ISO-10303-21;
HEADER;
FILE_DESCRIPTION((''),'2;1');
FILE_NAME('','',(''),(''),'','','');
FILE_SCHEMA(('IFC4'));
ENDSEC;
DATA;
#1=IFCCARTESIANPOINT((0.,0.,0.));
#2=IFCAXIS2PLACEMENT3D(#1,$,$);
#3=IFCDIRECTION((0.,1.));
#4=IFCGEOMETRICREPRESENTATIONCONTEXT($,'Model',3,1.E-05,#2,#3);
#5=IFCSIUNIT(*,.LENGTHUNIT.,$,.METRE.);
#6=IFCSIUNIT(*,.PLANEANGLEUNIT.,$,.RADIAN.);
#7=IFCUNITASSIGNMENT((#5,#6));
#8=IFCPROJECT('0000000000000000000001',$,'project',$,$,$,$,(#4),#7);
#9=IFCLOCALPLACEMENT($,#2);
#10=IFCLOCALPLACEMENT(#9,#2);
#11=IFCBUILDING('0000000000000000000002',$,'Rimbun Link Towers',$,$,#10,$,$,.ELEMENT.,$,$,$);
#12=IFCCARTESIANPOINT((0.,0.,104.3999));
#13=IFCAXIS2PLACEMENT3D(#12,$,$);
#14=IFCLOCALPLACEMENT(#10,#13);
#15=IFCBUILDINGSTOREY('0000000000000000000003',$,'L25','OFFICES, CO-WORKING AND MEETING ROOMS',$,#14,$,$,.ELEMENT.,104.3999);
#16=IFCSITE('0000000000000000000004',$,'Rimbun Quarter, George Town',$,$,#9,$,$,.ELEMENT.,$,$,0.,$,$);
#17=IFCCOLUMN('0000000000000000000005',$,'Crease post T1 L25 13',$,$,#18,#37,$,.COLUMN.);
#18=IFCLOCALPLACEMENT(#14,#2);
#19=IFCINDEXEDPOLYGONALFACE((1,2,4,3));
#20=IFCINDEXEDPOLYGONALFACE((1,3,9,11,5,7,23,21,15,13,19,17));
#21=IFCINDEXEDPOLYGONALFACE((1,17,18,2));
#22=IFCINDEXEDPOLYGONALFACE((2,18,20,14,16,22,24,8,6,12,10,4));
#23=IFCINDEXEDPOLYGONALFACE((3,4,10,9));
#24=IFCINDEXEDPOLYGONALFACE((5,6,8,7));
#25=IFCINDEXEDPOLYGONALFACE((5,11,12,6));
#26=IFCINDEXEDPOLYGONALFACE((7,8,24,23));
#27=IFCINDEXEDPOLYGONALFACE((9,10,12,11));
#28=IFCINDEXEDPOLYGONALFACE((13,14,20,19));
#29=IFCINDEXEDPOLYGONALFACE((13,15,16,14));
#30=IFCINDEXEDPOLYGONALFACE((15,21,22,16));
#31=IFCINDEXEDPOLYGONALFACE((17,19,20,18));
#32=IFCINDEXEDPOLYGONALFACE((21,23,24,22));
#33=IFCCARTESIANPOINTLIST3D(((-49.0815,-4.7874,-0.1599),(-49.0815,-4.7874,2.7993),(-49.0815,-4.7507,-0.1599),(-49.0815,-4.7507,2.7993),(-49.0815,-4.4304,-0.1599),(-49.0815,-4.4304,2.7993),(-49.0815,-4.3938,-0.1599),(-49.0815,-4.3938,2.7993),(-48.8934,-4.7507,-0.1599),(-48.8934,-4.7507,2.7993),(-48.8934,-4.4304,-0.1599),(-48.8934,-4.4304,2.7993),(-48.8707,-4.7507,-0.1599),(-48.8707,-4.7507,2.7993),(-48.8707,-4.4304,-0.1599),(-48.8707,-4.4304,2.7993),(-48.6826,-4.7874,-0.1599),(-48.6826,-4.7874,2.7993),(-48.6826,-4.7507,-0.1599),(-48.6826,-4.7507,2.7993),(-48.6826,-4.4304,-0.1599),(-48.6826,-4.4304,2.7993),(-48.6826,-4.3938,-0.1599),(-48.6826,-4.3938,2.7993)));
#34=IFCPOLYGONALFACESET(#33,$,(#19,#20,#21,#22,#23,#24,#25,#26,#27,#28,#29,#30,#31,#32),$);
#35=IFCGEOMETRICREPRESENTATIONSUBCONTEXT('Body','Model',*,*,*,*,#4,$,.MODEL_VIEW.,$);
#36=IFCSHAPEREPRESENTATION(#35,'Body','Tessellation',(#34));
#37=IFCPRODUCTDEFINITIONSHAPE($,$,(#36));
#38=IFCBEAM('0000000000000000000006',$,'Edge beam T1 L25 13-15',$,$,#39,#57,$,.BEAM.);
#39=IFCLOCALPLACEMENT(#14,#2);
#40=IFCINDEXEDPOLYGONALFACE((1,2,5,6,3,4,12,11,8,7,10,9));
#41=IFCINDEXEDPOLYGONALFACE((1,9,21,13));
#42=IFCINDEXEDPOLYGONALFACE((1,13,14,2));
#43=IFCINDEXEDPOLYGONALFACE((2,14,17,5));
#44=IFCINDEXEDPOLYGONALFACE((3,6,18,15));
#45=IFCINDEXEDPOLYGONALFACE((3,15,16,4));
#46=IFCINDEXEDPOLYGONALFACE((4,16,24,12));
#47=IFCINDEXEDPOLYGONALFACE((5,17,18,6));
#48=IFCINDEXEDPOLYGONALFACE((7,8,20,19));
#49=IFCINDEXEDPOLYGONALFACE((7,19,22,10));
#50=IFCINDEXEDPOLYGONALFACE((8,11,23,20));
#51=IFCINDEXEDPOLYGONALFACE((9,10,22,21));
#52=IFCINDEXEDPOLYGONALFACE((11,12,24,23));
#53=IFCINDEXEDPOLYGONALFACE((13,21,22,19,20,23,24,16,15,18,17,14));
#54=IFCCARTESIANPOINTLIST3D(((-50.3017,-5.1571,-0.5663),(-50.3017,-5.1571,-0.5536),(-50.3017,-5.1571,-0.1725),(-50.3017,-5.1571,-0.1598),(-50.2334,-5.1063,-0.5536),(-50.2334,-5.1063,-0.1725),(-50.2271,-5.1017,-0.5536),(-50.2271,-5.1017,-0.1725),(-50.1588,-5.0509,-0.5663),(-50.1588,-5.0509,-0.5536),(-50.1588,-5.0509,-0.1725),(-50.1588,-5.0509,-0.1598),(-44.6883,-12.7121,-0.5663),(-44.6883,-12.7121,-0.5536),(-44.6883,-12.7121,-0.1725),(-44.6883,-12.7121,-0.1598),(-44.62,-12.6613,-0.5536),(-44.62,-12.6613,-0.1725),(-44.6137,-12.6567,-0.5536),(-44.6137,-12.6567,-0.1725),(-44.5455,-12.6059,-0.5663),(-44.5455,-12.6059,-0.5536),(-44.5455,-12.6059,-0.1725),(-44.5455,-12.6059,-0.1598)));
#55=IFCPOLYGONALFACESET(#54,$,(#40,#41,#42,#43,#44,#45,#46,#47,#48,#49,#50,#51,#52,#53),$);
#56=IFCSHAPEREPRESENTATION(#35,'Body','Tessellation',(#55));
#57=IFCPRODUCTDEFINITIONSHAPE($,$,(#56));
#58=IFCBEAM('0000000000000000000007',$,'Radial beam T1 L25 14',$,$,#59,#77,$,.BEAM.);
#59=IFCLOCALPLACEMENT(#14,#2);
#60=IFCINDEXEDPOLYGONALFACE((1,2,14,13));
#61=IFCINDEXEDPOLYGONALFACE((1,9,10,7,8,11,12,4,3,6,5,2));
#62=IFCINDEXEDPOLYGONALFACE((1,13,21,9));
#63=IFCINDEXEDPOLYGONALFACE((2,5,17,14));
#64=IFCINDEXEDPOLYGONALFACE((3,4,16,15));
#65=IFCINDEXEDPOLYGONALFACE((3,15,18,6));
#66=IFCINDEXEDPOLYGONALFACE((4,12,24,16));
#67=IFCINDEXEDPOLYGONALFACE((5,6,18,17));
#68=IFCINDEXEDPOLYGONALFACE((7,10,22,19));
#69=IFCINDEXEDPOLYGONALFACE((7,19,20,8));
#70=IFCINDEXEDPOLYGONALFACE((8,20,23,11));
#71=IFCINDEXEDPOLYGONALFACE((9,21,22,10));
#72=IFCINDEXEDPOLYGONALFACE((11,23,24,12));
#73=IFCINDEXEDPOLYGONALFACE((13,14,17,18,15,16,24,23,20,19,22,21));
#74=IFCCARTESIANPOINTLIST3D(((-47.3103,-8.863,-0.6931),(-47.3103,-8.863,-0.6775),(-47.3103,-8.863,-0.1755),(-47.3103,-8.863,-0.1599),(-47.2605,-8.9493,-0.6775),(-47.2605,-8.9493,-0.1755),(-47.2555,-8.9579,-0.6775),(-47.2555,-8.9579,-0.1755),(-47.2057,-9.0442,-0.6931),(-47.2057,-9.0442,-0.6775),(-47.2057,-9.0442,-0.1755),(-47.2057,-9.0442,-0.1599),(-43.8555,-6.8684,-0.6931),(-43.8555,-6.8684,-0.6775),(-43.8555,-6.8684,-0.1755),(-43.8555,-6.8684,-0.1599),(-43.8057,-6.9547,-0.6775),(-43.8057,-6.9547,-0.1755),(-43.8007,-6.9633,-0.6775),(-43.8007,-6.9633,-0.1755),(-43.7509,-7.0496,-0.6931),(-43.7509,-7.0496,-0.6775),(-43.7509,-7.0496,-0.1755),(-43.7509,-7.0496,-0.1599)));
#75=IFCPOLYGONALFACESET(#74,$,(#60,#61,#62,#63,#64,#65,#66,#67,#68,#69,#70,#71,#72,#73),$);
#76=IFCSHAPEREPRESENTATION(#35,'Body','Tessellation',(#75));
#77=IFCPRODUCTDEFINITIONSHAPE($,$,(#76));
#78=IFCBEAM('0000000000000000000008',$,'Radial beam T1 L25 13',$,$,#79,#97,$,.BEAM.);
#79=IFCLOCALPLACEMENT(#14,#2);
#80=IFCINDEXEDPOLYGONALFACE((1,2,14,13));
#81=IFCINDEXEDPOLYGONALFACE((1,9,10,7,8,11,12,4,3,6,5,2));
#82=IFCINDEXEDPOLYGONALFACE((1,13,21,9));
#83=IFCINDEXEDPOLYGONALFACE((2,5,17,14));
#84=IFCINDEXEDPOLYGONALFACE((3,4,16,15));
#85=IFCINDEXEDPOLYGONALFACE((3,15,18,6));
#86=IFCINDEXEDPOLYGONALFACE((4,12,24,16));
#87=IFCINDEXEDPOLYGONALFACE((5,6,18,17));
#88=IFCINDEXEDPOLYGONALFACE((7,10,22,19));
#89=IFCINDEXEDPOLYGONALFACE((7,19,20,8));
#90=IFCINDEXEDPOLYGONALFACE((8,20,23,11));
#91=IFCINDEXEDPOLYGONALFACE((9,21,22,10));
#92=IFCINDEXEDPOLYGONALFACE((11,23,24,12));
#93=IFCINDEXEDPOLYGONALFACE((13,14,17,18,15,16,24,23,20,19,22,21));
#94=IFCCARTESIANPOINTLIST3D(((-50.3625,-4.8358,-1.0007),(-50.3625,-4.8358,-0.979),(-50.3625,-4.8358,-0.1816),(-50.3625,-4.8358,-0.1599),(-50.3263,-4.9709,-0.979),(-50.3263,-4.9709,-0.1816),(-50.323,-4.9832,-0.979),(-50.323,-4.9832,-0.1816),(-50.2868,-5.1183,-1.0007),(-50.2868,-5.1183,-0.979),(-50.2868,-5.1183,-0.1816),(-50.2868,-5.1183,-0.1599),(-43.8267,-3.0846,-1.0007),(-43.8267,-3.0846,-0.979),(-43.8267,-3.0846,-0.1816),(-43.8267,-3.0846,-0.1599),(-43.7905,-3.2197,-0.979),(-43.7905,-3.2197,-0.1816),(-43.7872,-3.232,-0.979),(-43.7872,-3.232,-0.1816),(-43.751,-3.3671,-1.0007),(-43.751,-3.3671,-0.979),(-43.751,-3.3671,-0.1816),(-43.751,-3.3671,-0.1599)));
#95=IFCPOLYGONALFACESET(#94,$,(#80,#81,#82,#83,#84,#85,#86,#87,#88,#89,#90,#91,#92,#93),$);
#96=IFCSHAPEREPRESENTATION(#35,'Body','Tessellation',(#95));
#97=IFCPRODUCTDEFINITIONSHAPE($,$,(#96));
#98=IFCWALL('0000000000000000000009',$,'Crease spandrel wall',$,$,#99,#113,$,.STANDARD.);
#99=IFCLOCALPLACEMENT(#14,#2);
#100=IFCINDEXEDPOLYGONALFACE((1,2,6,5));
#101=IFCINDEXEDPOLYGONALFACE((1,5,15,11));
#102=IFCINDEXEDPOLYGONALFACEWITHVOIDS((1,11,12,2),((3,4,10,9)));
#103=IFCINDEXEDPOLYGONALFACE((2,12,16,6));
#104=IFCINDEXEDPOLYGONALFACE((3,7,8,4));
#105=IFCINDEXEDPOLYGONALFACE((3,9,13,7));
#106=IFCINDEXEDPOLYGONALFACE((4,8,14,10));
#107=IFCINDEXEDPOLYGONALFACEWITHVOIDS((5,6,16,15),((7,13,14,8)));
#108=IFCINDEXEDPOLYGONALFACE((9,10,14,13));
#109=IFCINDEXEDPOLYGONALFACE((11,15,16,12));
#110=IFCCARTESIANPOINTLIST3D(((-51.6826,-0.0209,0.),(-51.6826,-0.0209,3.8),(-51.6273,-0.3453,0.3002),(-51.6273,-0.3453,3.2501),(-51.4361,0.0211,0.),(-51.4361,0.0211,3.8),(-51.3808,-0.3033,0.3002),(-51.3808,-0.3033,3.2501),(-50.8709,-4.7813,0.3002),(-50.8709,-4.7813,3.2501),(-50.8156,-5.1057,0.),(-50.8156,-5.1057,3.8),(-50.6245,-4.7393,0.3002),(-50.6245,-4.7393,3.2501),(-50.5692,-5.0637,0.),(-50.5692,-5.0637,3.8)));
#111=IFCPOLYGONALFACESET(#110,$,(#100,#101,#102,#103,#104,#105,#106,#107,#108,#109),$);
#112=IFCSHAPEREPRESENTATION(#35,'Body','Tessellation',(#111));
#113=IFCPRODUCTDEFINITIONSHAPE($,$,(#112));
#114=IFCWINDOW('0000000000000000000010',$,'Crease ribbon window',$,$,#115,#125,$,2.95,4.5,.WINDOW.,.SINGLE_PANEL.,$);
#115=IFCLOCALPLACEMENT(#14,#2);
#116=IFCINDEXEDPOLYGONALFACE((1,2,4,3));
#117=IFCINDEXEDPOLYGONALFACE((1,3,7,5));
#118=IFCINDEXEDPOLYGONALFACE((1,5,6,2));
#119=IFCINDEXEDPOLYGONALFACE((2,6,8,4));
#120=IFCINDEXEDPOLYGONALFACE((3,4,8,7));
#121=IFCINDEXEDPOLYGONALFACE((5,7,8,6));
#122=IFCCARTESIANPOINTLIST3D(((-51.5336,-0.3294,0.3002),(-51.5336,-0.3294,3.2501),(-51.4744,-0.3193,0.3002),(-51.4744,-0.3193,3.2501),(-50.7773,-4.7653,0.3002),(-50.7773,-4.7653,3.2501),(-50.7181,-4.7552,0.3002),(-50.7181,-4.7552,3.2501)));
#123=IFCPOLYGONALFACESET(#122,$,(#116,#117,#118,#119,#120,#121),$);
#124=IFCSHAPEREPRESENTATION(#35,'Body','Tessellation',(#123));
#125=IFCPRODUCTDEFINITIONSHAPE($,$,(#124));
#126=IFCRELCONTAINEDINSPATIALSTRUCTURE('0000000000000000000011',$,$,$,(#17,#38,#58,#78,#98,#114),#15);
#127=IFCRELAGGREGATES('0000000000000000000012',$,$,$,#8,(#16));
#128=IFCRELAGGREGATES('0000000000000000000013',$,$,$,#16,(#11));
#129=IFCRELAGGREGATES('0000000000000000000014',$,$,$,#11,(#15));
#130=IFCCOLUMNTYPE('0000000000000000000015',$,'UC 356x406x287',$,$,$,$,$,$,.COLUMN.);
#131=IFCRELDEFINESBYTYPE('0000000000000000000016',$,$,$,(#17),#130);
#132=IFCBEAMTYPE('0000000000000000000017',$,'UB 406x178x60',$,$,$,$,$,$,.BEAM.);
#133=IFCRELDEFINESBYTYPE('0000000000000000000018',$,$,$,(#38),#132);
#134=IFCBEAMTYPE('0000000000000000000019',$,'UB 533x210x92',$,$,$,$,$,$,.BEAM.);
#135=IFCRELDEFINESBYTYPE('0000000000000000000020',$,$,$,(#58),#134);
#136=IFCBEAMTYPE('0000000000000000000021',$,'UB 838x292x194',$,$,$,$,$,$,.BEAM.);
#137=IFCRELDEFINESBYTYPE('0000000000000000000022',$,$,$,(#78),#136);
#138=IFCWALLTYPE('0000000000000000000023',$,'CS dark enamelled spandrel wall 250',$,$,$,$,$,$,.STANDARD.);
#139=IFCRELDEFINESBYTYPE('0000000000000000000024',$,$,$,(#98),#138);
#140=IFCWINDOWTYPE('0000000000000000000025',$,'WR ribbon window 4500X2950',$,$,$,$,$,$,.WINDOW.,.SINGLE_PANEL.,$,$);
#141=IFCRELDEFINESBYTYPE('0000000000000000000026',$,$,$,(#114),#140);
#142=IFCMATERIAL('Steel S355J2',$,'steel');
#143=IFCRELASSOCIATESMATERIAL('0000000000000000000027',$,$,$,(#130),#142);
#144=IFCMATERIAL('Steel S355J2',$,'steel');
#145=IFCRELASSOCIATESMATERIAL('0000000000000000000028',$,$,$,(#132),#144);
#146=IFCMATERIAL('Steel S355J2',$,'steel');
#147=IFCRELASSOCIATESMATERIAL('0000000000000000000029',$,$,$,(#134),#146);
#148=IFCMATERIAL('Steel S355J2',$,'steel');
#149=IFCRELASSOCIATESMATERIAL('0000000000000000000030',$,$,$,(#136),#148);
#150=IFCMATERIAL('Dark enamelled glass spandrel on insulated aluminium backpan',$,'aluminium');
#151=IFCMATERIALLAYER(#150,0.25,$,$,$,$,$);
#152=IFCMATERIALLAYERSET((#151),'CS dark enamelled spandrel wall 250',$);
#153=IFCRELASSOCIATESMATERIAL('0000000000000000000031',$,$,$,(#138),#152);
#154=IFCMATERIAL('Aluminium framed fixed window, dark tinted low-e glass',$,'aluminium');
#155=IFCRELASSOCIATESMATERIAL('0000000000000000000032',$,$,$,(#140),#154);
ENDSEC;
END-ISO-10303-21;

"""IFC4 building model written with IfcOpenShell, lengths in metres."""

from ifc_helpers import new_model, si_unit, direction, frame, frame_2d, origin, origin_2d, place, context, subcontext, project, spatial, rectangle, i_section, extrude, material, layer, layer_set, material_profile, profile_set, type_object, element, fill, save


model = new_model("IFC4")

# Units and contexts
model_context = context("Model", 3, precision=1e-05, world=origin(), true_north=direction((0.0, 1.0)))
body_context = subcontext(model_context, "Body", "Model", "MODEL_VIEW")
ifc_project = project(units=[si_unit("LENGTHUNIT", "METRE"), si_unit("PLANEANGLEUNIT", "RADIAN")], contexts=[model_context])

# Site, building, storey
site_placement = place(None, origin())
site = spatial("IfcSite", under=ifc_project, at=site_placement, Name="Rimbun Quarter, George Town", CompositionType="ELEMENT", RefElevation=0.0)
building_placement = place(site_placement, origin())
building = spatial("IfcBuilding", under=site, at=building_placement, Name="Rimbun Link Towers", CompositionType="ELEMENT")
storey_placement = place(building_placement, frame((0.0, 0.0, 104.3999)))
storey = spatial("IfcBuildingStorey", under=building, at=storey_placement, Name="L25", Description="OFFICES, CO-WORKING AND MEETING ROOMS", CompositionType="ELEMENT", Elevation=104.3999)

# Column
ifc_material_1 = material(Name="Steel S355J2", Category="steel")
ifc_material_profile_1 = material_profile(ifc_material_1, i_section(OverallWidth=0.3989, OverallDepth=0.3936, WebThickness=0.0227, FlangeThickness=0.0366, at=origin_2d()), Name="UC 356x406x287")
ifc_profile_set_1 = profile_set([ifc_material_profile_1], Name="Steel S355J2")
column_type = type_object("IfcColumnType", Name="UC 356x406x287", PredefinedType="COLUMN", material=ifc_profile_set_1)
column_placement = place(storey_placement, frame((-48.8821, -4.5906, -0.1599), z_axis=(0.0, 0.0, 1.0), x_axis=(1.0, 0.0, 0.0)))
element("IfcColumn", 1, at=column_placement, inside=storey, type_object=column_type, Name="Crease post T1 L25 13", PredefinedType="COLUMN", context=body_context, shape_type="SweptSolid", body=[
    extrude(i_section(OverallWidth=0.3989, OverallDepth=0.3936, WebThickness=0.0227, FlangeThickness=0.0366, at=origin_2d()), origin(), (0.0, 0.0, 1.0), 2.9592),
])

# Beams
ifc_material_2 = material(Name="Steel S355J2", Category="steel")
ifc_material_profile_2 = material_profile(ifc_material_2, i_section(OverallWidth=0.178, OverallDepth=0.4065, WebThickness=0.0078, FlangeThickness=0.0127, at=origin_2d()), Name="UB 406x178x60")
ifc_profile_set_2 = profile_set([ifc_material_profile_2], Name="Steel S355J2")
beam_type_1 = type_object("IfcBeamType", Name="UB 406x178x60", PredefinedType="BEAM", material=ifc_profile_set_2)
beam_1_placement = place(storey_placement, frame((-50.2302, -5.104, -0.363), z_axis=(0.596396, -0.802691, 0.0), x_axis=(0.802691, 0.596396, 0.0)))
element("IfcBeam", 2, at=beam_1_placement, inside=storey, type_object=beam_type_1, Name="Edge beam T1 L25 13-15", PredefinedType="BEAM", context=body_context, shape_type="SweptSolid", body=[
    extrude(i_section(OverallWidth=0.178, OverallDepth=0.4065, WebThickness=0.0078, FlangeThickness=0.0127, at=origin_2d()), origin(), (0.0, 0.0, 1.0), 9.4121),
])
ifc_material_3 = material(Name="Steel S355J2", Category="steel")
ifc_material_profile_3 = material_profile(ifc_material_3, i_section(OverallWidth=0.2092, OverallDepth=0.5332, WebThickness=0.01, FlangeThickness=0.0156, at=origin_2d()), Name="UB 533x210x92")
ifc_profile_set_3 = profile_set([ifc_material_profile_3], Name="Steel S355J2")
beam_type_2 = type_object("IfcBeamType", Name="UB 533x210x92", PredefinedType="BEAM", material=ifc_profile_set_3)
beam_2_placement = place(storey_placement, frame((-43.8032, -6.959, -0.4265), z_axis=(-0.866028, -0.499996, 0.0), x_axis=(0.499996, -0.866028, 0.0)))
element("IfcBeam", 3, at=beam_2_placement, inside=storey, type_object=beam_type_2, Name="Radial beam T1 L25 14", PredefinedType="BEAM", context=body_context, shape_type="SweptSolid", body=[
    extrude(i_section(OverallWidth=0.2092, OverallDepth=0.5332, WebThickness=0.01, FlangeThickness=0.0156, at=origin_2d()), origin(), (0.0, 0.0, 1.0), 3.9893),
])
ifc_material_4 = material(Name="Steel S355J2", Category="steel")
ifc_material_profile_4 = material_profile(ifc_material_4, i_section(OverallWidth=0.2925, OverallDepth=0.8408, WebThickness=0.0127, FlangeThickness=0.0217, at=origin_2d()), Name="UB 838x292x194")
ifc_profile_set_4 = profile_set([ifc_material_profile_4], Name="Steel S355J2")
beam_type_3 = type_object("IfcBeamType", Name="UB 838x292x194", PredefinedType="BEAM", material=ifc_profile_set_4)
beam_3_placement = place(storey_placement, frame((-43.7888, -3.2258, -0.5803), z_axis=(-0.965928, -0.25881, 0.0), x_axis=(0.25881, -0.965928, 0.0)))
element("IfcBeam", 4, at=beam_3_placement, inside=storey, type_object=beam_type_3, Name="Radial beam T1 L25 13", PredefinedType="BEAM", context=body_context, shape_type="SweptSolid", body=[
    extrude(i_section(OverallWidth=0.2925, OverallDepth=0.8408, WebThickness=0.0127, FlangeThickness=0.0217, at=origin_2d()), origin(), (0.0, 0.0, 1.0), 6.7664),
])

# Wall, opening, window
ifc_material_5 = material(Name="Dark enamelled glass spandrel on insulated aluminium backpan", Category="aluminium")
ifc_layer_1 = layer(ifc_material_5, 0.25)
ifc_layer_set_1 = layer_set([ifc_layer_1], Name="CS dark enamelled spandrel wall 250")
wall_type_1 = type_object("IfcWallType", Name="CS dark enamelled spandrel wall 250", PredefinedType="STANDARD", material=ifc_layer_set_1)
wall_1_placement = place(storey_placement, frame((-50.6924, -5.0847, 0.0), z_axis=(0.0, 0.0, 1.0), x_axis=(-0.168074, 0.985774, 0.0)))
wall_1 = element("IfcWall", 5, at=wall_1_placement, inside=storey, type_object=wall_type_1, Name="Crease spandrel wall", PredefinedType="STANDARD", context=body_context, shape_type="SweptSolid", body=[
    extrude(rectangle(XDim=5.1582, YDim=0.25, at=frame_2d((2.5791, 0.0))), origin(), (0.0, 0.0, 1.0), 3.8),
])
opening_1_placement = place(wall_1_placement, frame((0.3291, 0.0, 0.3)))
opening_1 = element("IfcOpeningElement", 6, at=opening_1_placement, cuts=wall_1, PredefinedType="OPENING", context=body_context, shape_type="SweptSolid", body=[
    extrude(rectangle(XDim=4.5, YDim=2.95, at=frame_2d((2.25, 1.4751))), frame((0.0, 0.135, 0.0), z_axis=(0.0, -1.0, 0.0), x_axis=(1.0, 0.0, 0.0)), (0.0, 0.0, 1.0), 0.27),
])
ifc_material_6 = material(Name="Aluminium framed fixed window, dark tinted low-e glass", Category="aluminium")
window_type = type_object("IfcWindowType", Name="WR ribbon window 4500X2950", PartitioningType="SINGLE_PANEL", PredefinedType="WINDOW", material=ifc_material_6)
window_placement = place(opening_1_placement, origin())
window = element("IfcWindow", 7, at=window_placement, inside=storey, type_object=window_type, Name="Crease ribbon window", OverallHeight=2.95, OverallWidth=4.5, PartitioningType="SINGLE_PANEL", PredefinedType="WINDOW", context=body_context, shape_type="SweptSolid", body=[
    extrude(rectangle(XDim=4.5, YDim=2.95, at=frame_2d((2.25, 1.4751))), frame((0.0, 0.03, 0.0), z_axis=(0.0, -1.0, 0.0), x_axis=(1.0, 0.0, 0.0)), (0.0, 0.0, 1.0), 0.0601),
])
fill(opening_1, window)

save(model, "model.ifc")
